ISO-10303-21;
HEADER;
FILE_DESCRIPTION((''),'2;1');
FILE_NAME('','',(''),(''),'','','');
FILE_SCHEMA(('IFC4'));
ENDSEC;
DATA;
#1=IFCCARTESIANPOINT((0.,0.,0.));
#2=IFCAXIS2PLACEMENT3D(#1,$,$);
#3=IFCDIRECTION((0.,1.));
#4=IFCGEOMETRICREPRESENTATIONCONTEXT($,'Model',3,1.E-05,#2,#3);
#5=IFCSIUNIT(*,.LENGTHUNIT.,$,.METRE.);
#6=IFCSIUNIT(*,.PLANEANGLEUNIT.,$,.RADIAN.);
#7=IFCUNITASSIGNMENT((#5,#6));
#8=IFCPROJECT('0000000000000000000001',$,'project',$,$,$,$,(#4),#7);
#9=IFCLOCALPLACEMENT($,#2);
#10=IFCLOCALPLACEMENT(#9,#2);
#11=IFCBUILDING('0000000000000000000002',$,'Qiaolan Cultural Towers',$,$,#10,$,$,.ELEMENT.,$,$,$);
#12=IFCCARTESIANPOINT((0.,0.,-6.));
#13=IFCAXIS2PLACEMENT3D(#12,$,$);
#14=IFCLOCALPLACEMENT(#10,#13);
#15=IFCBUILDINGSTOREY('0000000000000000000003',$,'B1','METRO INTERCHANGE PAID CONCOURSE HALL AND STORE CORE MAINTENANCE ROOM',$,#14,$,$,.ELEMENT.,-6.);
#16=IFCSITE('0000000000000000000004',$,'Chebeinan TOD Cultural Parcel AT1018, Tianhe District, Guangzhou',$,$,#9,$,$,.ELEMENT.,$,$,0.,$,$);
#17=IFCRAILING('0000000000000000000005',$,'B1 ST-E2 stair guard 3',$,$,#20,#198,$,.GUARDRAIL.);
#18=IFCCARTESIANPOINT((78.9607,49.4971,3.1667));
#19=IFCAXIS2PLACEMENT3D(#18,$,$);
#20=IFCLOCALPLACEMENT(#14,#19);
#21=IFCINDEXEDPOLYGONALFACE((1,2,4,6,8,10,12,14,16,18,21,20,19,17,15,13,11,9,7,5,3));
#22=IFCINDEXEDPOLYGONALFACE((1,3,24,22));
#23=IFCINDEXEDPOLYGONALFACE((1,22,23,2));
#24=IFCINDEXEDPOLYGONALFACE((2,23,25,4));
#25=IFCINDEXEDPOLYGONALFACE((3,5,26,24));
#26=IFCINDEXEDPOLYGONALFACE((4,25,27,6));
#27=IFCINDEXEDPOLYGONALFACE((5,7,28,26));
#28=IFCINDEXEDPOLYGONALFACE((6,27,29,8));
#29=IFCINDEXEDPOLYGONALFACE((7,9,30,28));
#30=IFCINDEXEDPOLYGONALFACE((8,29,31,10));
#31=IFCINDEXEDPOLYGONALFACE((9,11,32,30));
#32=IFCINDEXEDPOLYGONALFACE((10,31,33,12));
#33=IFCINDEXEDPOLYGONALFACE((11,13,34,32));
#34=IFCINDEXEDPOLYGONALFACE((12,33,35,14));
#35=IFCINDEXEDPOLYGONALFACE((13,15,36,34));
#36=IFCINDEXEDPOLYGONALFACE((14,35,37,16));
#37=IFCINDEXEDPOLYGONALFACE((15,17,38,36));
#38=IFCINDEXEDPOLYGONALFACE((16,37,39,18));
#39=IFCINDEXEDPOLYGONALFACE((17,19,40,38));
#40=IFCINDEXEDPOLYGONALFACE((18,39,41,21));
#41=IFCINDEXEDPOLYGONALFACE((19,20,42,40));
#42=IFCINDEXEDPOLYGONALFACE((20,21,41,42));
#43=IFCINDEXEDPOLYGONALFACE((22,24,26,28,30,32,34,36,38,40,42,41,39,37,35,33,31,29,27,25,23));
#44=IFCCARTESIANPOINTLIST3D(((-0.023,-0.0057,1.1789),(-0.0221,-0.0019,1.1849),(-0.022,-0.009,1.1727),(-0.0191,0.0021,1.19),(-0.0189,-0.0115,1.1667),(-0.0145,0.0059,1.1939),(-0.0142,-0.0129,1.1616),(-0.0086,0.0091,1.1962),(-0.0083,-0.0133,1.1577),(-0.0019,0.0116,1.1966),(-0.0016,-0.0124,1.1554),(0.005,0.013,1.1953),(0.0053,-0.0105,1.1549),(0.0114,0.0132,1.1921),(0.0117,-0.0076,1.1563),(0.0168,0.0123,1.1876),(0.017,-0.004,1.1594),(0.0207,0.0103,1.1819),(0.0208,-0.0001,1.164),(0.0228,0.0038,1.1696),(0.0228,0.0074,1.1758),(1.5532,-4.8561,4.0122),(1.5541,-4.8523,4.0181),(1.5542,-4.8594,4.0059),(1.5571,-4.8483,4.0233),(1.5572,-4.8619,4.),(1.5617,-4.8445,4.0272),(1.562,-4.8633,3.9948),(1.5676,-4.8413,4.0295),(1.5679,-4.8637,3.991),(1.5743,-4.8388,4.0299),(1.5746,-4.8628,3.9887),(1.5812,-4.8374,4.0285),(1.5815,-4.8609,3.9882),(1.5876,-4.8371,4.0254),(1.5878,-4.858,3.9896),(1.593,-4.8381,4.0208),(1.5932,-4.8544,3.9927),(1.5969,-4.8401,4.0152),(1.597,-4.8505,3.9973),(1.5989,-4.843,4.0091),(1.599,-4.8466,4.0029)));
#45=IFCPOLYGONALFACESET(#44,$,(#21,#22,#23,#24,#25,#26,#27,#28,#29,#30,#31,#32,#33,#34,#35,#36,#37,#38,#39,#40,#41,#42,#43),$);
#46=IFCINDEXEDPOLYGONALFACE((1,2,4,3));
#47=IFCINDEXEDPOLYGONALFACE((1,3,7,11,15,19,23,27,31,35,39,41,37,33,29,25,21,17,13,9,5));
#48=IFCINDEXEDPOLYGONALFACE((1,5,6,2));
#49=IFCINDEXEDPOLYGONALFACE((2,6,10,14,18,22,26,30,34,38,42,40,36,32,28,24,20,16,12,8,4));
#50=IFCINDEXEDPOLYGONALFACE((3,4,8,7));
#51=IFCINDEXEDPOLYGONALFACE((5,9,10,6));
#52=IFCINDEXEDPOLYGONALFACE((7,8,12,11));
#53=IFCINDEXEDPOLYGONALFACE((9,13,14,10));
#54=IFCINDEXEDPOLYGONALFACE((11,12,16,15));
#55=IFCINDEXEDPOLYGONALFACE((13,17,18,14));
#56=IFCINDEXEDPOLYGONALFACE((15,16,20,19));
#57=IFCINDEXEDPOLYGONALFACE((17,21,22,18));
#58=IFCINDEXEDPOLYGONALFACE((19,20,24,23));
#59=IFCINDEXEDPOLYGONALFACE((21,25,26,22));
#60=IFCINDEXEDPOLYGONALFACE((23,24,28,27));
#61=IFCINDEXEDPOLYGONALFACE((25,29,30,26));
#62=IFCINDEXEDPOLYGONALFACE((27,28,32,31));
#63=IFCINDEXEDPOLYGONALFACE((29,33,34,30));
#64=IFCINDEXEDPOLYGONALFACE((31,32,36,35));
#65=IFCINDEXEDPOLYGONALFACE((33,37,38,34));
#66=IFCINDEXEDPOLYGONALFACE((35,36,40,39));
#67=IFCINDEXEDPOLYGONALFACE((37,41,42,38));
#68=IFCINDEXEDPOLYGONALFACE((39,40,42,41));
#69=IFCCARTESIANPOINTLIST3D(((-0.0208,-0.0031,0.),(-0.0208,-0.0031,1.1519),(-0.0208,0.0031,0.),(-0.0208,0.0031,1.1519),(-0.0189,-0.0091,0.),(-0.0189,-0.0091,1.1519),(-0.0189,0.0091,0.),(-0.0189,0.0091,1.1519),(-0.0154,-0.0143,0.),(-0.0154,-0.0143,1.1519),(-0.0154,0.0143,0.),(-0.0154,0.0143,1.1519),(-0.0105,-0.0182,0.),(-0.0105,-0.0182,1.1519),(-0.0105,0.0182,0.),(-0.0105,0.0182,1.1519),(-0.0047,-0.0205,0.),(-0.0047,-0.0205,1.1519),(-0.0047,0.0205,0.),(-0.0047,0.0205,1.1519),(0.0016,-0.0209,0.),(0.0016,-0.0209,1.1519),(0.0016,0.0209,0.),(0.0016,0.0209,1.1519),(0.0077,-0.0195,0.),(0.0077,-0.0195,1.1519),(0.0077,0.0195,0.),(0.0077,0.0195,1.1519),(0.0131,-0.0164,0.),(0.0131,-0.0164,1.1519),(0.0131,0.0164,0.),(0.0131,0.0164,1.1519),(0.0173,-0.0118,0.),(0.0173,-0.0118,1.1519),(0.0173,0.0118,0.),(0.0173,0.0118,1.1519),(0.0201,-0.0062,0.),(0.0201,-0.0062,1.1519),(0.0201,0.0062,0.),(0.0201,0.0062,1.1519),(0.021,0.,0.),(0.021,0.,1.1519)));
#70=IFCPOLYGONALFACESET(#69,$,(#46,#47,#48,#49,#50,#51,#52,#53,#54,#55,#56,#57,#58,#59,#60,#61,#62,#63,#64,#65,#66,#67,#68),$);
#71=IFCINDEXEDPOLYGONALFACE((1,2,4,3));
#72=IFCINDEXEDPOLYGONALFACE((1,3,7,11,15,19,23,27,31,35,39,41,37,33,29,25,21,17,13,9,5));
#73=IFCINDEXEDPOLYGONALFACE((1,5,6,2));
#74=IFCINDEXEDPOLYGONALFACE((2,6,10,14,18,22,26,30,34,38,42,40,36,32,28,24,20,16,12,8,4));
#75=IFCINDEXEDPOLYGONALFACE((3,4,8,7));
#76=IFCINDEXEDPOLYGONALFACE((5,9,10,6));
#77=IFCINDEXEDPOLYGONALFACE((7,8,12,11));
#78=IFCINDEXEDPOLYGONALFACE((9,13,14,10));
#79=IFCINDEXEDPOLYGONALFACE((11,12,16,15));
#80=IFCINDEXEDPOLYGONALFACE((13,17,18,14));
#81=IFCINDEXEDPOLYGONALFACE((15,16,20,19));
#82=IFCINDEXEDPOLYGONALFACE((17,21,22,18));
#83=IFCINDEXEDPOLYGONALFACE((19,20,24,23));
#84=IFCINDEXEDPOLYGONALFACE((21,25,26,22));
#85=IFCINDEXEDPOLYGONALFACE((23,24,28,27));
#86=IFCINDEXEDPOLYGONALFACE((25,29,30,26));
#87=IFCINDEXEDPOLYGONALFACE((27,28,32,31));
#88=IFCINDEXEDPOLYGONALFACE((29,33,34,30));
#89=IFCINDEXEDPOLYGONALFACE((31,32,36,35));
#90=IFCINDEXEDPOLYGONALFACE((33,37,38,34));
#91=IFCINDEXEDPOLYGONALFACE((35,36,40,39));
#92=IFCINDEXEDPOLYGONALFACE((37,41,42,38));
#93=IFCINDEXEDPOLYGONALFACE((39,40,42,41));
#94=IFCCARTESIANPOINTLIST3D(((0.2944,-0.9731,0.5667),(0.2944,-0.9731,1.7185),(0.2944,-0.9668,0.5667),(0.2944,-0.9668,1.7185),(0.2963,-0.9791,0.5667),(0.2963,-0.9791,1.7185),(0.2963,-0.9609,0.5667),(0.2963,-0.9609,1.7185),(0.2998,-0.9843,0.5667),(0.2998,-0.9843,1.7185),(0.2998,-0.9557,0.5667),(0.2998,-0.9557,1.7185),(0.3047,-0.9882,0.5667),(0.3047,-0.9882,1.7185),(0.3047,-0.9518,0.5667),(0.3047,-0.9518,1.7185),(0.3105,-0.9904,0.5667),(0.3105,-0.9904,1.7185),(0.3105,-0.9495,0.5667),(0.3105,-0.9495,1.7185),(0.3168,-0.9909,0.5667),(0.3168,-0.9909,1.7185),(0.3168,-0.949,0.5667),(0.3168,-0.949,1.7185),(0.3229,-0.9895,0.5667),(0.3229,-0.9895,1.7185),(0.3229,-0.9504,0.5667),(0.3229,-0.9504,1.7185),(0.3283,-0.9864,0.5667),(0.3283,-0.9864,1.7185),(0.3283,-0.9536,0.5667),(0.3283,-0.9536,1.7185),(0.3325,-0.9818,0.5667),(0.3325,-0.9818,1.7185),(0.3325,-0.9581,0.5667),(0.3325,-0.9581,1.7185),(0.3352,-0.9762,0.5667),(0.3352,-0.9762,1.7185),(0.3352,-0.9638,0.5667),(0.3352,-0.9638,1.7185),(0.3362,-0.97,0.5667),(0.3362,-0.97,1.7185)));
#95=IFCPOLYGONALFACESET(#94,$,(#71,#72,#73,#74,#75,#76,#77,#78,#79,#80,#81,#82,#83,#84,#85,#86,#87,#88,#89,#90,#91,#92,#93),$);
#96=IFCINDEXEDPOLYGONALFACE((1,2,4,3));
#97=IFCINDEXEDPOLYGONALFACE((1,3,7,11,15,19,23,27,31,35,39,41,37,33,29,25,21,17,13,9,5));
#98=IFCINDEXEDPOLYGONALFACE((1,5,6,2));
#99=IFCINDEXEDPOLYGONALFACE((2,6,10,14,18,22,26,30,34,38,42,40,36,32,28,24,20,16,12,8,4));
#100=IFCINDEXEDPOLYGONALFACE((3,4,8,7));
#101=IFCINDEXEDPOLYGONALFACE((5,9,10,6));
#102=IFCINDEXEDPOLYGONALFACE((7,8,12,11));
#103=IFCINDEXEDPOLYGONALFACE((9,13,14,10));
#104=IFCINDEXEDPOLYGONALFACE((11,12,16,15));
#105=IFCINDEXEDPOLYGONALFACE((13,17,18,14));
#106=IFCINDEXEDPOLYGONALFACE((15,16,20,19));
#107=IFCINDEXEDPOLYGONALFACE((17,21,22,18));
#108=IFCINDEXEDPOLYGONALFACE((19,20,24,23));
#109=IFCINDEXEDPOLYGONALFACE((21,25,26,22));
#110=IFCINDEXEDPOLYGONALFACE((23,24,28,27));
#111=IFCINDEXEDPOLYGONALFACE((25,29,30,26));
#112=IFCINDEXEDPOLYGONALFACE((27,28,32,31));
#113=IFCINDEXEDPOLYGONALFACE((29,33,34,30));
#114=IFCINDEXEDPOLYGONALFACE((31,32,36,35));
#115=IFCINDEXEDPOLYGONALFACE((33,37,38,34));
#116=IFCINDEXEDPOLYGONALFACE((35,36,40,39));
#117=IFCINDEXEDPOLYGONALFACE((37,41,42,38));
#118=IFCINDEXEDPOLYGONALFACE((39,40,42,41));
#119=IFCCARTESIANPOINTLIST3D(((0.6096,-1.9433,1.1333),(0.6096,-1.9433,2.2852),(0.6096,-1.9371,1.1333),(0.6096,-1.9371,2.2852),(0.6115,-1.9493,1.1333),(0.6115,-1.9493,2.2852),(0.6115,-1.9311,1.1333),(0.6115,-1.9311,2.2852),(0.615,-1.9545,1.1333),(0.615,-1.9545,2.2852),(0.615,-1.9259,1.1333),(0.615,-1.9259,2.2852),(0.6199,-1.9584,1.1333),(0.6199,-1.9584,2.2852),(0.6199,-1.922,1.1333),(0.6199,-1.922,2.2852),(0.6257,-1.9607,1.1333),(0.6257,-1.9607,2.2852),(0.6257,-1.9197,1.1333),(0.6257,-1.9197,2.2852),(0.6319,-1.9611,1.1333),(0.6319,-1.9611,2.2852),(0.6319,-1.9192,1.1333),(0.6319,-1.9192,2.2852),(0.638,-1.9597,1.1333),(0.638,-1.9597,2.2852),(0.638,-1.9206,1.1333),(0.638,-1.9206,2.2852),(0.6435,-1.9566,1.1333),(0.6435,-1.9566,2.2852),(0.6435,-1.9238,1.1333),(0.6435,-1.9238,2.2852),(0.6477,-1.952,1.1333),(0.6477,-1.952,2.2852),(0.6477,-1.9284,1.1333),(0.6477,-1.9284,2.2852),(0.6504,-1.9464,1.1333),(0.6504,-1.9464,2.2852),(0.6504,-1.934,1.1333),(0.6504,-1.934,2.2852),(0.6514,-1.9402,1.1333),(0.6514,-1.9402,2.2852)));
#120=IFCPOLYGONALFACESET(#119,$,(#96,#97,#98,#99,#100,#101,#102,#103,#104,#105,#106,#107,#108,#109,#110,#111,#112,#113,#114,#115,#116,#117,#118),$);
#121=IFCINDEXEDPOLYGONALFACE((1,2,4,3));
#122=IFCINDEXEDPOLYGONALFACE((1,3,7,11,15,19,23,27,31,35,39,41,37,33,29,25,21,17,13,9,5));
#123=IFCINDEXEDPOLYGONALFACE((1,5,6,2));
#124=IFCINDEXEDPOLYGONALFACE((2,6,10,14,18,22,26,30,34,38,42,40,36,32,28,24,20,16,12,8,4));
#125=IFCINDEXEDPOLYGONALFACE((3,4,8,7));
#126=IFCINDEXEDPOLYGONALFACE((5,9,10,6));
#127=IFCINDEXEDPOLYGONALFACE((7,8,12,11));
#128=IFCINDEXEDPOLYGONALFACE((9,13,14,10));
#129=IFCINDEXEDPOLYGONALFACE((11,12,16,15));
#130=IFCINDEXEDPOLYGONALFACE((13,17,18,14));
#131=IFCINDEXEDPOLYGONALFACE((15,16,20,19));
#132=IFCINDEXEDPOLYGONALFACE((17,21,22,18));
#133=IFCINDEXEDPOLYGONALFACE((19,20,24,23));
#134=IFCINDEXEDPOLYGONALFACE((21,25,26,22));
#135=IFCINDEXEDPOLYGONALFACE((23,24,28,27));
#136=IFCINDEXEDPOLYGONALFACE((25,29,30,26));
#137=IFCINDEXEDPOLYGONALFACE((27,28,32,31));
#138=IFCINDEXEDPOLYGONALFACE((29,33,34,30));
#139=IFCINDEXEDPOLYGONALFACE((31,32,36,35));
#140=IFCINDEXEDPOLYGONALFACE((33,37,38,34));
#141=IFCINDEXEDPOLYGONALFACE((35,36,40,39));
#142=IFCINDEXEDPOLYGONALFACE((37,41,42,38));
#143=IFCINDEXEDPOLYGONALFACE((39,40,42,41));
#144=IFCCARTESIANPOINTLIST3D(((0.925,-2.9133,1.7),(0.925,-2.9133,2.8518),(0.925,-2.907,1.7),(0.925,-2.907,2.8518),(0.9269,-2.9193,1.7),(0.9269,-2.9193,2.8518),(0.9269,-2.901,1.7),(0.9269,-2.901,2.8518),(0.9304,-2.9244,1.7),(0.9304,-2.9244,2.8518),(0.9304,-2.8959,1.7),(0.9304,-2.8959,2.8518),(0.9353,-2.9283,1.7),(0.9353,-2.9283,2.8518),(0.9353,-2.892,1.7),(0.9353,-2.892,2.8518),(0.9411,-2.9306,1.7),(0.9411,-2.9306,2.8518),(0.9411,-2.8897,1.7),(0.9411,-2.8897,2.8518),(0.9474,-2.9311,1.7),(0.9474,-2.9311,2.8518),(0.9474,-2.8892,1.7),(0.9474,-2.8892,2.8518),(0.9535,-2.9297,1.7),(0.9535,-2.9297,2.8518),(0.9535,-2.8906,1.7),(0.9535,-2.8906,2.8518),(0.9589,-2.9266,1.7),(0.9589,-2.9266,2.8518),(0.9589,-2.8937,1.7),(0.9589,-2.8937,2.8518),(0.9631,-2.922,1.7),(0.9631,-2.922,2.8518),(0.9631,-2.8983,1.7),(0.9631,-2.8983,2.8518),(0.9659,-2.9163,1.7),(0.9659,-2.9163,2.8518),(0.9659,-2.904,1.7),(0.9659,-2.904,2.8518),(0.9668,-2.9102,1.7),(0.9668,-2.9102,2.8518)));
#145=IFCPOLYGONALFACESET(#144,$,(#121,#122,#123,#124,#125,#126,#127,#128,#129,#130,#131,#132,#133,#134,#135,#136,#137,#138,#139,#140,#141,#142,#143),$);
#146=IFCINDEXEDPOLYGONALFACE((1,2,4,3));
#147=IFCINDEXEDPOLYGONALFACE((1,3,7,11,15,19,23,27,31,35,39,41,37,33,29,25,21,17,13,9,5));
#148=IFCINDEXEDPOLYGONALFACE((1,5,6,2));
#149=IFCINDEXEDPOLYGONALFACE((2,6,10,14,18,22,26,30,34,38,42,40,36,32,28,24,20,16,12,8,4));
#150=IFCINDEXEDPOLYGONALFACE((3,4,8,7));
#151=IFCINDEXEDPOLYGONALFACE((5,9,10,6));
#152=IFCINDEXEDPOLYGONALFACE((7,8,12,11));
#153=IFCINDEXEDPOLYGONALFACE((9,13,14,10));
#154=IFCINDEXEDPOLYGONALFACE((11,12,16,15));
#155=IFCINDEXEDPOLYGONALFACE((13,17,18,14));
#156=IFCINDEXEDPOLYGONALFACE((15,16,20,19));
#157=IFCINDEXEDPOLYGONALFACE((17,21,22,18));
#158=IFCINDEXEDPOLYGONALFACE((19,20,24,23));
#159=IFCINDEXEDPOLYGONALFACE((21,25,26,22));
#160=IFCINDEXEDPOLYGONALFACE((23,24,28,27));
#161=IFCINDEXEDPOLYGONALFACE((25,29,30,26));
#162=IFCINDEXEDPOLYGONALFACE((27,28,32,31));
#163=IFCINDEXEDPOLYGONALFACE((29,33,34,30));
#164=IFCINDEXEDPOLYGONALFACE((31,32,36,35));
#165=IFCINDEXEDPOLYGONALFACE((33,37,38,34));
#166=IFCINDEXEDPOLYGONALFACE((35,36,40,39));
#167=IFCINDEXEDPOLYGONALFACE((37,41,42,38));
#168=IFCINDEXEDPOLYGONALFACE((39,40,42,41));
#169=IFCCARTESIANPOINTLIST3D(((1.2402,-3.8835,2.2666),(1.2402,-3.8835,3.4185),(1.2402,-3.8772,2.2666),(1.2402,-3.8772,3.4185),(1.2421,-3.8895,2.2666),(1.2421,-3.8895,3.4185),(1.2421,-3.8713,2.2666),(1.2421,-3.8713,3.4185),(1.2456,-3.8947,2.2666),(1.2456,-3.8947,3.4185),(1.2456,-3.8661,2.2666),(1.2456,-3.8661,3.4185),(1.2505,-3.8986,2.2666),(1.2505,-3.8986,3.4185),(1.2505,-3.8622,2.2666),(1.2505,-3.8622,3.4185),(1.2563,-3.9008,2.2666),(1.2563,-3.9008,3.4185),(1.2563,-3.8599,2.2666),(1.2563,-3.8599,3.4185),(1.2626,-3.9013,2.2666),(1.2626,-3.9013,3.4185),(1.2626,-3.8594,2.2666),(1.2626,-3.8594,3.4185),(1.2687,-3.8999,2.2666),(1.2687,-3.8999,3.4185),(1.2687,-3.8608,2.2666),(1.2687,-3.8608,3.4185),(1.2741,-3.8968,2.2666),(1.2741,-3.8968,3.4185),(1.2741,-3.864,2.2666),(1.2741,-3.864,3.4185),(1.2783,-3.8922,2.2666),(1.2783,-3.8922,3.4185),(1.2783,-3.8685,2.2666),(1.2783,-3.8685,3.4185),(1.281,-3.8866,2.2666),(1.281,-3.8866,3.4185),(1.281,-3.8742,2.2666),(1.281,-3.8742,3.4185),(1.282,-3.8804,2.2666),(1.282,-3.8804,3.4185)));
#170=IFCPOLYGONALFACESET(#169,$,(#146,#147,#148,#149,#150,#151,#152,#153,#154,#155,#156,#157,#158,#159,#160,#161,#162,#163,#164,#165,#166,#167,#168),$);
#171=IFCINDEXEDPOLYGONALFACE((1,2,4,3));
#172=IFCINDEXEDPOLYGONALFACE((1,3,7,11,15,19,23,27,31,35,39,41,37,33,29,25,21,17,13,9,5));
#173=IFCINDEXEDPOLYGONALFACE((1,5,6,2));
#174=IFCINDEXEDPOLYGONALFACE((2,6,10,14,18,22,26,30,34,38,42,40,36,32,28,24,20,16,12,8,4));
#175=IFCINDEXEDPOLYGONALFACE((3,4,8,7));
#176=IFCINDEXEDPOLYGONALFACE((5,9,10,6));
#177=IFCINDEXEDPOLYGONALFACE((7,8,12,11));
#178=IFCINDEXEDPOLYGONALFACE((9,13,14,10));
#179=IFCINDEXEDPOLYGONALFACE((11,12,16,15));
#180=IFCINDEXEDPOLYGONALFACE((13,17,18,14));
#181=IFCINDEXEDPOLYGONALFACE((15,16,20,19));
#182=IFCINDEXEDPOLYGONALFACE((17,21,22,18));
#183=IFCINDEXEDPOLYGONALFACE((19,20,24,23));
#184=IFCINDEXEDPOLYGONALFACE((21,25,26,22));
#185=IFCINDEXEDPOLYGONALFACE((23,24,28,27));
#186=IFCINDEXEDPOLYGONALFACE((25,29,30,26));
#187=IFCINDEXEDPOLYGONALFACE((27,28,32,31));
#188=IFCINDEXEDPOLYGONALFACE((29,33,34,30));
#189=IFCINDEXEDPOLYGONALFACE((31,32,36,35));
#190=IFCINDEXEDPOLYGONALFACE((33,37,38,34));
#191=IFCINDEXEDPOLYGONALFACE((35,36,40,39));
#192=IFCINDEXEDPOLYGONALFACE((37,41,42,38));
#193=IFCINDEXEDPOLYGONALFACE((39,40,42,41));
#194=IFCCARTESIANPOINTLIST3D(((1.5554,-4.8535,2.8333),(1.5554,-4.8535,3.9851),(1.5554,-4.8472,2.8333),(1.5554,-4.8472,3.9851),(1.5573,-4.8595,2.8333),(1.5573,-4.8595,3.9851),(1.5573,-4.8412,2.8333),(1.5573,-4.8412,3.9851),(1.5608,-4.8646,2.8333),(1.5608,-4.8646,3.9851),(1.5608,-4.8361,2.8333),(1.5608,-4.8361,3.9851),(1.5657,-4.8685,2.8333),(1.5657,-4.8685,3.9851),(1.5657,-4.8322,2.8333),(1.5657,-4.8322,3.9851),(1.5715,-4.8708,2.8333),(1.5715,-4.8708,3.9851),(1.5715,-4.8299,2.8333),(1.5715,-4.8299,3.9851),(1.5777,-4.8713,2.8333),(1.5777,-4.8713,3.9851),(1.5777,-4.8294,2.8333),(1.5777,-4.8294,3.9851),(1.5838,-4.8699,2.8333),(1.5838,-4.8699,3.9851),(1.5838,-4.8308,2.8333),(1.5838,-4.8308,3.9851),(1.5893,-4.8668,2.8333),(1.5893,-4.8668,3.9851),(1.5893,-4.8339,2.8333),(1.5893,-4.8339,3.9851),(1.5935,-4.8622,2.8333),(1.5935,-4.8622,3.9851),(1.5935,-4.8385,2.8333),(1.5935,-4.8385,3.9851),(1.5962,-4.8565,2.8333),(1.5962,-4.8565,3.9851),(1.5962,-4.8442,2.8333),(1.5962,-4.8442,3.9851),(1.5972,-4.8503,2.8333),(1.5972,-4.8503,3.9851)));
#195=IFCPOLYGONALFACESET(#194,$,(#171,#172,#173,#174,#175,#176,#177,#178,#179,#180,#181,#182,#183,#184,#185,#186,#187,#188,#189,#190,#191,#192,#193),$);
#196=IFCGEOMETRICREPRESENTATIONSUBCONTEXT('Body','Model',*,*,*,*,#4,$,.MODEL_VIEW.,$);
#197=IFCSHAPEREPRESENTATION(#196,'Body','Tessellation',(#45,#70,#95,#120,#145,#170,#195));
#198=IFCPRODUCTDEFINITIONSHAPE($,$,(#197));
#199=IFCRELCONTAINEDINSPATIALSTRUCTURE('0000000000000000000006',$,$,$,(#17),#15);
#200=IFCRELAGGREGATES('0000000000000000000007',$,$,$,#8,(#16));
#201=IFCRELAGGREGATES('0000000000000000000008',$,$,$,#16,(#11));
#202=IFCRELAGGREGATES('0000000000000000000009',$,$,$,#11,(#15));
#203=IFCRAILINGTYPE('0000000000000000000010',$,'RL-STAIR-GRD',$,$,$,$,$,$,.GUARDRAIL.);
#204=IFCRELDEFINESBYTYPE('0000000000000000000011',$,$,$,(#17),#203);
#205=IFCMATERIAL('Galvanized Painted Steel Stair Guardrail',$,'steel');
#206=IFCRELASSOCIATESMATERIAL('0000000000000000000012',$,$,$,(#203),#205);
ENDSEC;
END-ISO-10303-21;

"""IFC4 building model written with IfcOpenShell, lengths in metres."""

from ifc_helpers import new_model, si_unit, direction, frame, origin, origin_2d, place, context, subcontext, project, spatial, circle, extrude, material, type_object, element, save


model = new_model("IFC4")

# Units and contexts
model_context = context("Model", 3, precision=1e-05, world=origin(), true_north=direction((0.0, 1.0)))
body_context = subcontext(model_context, "Body", "Model", "MODEL_VIEW")
ifc_project = project(units=[si_unit("LENGTHUNIT", "METRE"), si_unit("PLANEANGLEUNIT", "RADIAN")], contexts=[model_context])

# Site, building, storey
site_placement = place(None, origin())
site = spatial("IfcSite", under=ifc_project, at=site_placement, Name="Chebeinan TOD Cultural Parcel AT1018, Tianhe District, Guangzhou", CompositionType="ELEMENT", RefElevation=0.0)
building_placement = place(site_placement, origin())
building = spatial("IfcBuilding", under=site, at=building_placement, Name="Qiaolan Cultural Towers", CompositionType="ELEMENT")
storey_placement = place(building_placement, frame((0.0, 0.0, -6.0)))
storey = spatial("IfcBuildingStorey", under=building, at=storey_placement, Name="B1", Description="METRO INTERCHANGE PAID CONCOURSE HALL AND STORE CORE MAINTENANCE ROOM", CompositionType="ELEMENT", Elevation=-6.0)

# Railing
ifc_material_1 = material(Name="Galvanized Painted Steel Stair Guardrail", Category="steel")
railing_type_1 = type_object("IfcRailingType", Name="RL-STAIR-GRD", PredefinedType="GUARDRAIL", material=ifc_material_1)
railing_1_placement = place(storey_placement, frame((78.9607, 49.4971, 3.1667)))
element("IfcRailing", 1, at=railing_1_placement, inside=storey, type_object=railing_type_1, Name="B1 ST-E2 stair guard 3", PredefinedType="GUARDRAIL", context=body_context, shape_type="SweptSolid", body=[
    extrude(circle(Radius=0.0239, at=origin_2d()), frame((0.0, 0.0, 1.1758), z_axis=(0.270162, -0.831369, 0.485631), x_axis=(0.951045, 0.309053, 0.0)), (0.0, 0.0, 1.0), 5.8342),
    extrude(circle(Radius=0.021, at=origin_2d()), origin(), (0.0, 0.0, 1.0), 1.1519),
    extrude(circle(Radius=0.021, at=origin_2d()), frame((0.3152, -0.97, 0.5667)), (0.0, 0.0, 1.0), 1.1519),
    extrude(circle(Radius=0.021, at=origin_2d()), frame((0.6304, -1.9402, 1.1333)), (0.0, 0.0, 1.0), 1.1519),
    extrude(circle(Radius=0.021, at=origin_2d()), frame((0.9458, -2.9102, 1.7)), (0.0, 0.0, 1.0), 1.1519),
    extrude(circle(Radius=0.021, at=origin_2d()), frame((1.261, -3.8804, 2.2666)), (0.0, 0.0, 1.0), 1.1519),
    extrude(circle(Radius=0.021, at=origin_2d()), frame((1.5762, -4.8503, 2.8333)), (0.0, 0.0, 1.0), 1.1519),
])

save(model, "model.ifc")
